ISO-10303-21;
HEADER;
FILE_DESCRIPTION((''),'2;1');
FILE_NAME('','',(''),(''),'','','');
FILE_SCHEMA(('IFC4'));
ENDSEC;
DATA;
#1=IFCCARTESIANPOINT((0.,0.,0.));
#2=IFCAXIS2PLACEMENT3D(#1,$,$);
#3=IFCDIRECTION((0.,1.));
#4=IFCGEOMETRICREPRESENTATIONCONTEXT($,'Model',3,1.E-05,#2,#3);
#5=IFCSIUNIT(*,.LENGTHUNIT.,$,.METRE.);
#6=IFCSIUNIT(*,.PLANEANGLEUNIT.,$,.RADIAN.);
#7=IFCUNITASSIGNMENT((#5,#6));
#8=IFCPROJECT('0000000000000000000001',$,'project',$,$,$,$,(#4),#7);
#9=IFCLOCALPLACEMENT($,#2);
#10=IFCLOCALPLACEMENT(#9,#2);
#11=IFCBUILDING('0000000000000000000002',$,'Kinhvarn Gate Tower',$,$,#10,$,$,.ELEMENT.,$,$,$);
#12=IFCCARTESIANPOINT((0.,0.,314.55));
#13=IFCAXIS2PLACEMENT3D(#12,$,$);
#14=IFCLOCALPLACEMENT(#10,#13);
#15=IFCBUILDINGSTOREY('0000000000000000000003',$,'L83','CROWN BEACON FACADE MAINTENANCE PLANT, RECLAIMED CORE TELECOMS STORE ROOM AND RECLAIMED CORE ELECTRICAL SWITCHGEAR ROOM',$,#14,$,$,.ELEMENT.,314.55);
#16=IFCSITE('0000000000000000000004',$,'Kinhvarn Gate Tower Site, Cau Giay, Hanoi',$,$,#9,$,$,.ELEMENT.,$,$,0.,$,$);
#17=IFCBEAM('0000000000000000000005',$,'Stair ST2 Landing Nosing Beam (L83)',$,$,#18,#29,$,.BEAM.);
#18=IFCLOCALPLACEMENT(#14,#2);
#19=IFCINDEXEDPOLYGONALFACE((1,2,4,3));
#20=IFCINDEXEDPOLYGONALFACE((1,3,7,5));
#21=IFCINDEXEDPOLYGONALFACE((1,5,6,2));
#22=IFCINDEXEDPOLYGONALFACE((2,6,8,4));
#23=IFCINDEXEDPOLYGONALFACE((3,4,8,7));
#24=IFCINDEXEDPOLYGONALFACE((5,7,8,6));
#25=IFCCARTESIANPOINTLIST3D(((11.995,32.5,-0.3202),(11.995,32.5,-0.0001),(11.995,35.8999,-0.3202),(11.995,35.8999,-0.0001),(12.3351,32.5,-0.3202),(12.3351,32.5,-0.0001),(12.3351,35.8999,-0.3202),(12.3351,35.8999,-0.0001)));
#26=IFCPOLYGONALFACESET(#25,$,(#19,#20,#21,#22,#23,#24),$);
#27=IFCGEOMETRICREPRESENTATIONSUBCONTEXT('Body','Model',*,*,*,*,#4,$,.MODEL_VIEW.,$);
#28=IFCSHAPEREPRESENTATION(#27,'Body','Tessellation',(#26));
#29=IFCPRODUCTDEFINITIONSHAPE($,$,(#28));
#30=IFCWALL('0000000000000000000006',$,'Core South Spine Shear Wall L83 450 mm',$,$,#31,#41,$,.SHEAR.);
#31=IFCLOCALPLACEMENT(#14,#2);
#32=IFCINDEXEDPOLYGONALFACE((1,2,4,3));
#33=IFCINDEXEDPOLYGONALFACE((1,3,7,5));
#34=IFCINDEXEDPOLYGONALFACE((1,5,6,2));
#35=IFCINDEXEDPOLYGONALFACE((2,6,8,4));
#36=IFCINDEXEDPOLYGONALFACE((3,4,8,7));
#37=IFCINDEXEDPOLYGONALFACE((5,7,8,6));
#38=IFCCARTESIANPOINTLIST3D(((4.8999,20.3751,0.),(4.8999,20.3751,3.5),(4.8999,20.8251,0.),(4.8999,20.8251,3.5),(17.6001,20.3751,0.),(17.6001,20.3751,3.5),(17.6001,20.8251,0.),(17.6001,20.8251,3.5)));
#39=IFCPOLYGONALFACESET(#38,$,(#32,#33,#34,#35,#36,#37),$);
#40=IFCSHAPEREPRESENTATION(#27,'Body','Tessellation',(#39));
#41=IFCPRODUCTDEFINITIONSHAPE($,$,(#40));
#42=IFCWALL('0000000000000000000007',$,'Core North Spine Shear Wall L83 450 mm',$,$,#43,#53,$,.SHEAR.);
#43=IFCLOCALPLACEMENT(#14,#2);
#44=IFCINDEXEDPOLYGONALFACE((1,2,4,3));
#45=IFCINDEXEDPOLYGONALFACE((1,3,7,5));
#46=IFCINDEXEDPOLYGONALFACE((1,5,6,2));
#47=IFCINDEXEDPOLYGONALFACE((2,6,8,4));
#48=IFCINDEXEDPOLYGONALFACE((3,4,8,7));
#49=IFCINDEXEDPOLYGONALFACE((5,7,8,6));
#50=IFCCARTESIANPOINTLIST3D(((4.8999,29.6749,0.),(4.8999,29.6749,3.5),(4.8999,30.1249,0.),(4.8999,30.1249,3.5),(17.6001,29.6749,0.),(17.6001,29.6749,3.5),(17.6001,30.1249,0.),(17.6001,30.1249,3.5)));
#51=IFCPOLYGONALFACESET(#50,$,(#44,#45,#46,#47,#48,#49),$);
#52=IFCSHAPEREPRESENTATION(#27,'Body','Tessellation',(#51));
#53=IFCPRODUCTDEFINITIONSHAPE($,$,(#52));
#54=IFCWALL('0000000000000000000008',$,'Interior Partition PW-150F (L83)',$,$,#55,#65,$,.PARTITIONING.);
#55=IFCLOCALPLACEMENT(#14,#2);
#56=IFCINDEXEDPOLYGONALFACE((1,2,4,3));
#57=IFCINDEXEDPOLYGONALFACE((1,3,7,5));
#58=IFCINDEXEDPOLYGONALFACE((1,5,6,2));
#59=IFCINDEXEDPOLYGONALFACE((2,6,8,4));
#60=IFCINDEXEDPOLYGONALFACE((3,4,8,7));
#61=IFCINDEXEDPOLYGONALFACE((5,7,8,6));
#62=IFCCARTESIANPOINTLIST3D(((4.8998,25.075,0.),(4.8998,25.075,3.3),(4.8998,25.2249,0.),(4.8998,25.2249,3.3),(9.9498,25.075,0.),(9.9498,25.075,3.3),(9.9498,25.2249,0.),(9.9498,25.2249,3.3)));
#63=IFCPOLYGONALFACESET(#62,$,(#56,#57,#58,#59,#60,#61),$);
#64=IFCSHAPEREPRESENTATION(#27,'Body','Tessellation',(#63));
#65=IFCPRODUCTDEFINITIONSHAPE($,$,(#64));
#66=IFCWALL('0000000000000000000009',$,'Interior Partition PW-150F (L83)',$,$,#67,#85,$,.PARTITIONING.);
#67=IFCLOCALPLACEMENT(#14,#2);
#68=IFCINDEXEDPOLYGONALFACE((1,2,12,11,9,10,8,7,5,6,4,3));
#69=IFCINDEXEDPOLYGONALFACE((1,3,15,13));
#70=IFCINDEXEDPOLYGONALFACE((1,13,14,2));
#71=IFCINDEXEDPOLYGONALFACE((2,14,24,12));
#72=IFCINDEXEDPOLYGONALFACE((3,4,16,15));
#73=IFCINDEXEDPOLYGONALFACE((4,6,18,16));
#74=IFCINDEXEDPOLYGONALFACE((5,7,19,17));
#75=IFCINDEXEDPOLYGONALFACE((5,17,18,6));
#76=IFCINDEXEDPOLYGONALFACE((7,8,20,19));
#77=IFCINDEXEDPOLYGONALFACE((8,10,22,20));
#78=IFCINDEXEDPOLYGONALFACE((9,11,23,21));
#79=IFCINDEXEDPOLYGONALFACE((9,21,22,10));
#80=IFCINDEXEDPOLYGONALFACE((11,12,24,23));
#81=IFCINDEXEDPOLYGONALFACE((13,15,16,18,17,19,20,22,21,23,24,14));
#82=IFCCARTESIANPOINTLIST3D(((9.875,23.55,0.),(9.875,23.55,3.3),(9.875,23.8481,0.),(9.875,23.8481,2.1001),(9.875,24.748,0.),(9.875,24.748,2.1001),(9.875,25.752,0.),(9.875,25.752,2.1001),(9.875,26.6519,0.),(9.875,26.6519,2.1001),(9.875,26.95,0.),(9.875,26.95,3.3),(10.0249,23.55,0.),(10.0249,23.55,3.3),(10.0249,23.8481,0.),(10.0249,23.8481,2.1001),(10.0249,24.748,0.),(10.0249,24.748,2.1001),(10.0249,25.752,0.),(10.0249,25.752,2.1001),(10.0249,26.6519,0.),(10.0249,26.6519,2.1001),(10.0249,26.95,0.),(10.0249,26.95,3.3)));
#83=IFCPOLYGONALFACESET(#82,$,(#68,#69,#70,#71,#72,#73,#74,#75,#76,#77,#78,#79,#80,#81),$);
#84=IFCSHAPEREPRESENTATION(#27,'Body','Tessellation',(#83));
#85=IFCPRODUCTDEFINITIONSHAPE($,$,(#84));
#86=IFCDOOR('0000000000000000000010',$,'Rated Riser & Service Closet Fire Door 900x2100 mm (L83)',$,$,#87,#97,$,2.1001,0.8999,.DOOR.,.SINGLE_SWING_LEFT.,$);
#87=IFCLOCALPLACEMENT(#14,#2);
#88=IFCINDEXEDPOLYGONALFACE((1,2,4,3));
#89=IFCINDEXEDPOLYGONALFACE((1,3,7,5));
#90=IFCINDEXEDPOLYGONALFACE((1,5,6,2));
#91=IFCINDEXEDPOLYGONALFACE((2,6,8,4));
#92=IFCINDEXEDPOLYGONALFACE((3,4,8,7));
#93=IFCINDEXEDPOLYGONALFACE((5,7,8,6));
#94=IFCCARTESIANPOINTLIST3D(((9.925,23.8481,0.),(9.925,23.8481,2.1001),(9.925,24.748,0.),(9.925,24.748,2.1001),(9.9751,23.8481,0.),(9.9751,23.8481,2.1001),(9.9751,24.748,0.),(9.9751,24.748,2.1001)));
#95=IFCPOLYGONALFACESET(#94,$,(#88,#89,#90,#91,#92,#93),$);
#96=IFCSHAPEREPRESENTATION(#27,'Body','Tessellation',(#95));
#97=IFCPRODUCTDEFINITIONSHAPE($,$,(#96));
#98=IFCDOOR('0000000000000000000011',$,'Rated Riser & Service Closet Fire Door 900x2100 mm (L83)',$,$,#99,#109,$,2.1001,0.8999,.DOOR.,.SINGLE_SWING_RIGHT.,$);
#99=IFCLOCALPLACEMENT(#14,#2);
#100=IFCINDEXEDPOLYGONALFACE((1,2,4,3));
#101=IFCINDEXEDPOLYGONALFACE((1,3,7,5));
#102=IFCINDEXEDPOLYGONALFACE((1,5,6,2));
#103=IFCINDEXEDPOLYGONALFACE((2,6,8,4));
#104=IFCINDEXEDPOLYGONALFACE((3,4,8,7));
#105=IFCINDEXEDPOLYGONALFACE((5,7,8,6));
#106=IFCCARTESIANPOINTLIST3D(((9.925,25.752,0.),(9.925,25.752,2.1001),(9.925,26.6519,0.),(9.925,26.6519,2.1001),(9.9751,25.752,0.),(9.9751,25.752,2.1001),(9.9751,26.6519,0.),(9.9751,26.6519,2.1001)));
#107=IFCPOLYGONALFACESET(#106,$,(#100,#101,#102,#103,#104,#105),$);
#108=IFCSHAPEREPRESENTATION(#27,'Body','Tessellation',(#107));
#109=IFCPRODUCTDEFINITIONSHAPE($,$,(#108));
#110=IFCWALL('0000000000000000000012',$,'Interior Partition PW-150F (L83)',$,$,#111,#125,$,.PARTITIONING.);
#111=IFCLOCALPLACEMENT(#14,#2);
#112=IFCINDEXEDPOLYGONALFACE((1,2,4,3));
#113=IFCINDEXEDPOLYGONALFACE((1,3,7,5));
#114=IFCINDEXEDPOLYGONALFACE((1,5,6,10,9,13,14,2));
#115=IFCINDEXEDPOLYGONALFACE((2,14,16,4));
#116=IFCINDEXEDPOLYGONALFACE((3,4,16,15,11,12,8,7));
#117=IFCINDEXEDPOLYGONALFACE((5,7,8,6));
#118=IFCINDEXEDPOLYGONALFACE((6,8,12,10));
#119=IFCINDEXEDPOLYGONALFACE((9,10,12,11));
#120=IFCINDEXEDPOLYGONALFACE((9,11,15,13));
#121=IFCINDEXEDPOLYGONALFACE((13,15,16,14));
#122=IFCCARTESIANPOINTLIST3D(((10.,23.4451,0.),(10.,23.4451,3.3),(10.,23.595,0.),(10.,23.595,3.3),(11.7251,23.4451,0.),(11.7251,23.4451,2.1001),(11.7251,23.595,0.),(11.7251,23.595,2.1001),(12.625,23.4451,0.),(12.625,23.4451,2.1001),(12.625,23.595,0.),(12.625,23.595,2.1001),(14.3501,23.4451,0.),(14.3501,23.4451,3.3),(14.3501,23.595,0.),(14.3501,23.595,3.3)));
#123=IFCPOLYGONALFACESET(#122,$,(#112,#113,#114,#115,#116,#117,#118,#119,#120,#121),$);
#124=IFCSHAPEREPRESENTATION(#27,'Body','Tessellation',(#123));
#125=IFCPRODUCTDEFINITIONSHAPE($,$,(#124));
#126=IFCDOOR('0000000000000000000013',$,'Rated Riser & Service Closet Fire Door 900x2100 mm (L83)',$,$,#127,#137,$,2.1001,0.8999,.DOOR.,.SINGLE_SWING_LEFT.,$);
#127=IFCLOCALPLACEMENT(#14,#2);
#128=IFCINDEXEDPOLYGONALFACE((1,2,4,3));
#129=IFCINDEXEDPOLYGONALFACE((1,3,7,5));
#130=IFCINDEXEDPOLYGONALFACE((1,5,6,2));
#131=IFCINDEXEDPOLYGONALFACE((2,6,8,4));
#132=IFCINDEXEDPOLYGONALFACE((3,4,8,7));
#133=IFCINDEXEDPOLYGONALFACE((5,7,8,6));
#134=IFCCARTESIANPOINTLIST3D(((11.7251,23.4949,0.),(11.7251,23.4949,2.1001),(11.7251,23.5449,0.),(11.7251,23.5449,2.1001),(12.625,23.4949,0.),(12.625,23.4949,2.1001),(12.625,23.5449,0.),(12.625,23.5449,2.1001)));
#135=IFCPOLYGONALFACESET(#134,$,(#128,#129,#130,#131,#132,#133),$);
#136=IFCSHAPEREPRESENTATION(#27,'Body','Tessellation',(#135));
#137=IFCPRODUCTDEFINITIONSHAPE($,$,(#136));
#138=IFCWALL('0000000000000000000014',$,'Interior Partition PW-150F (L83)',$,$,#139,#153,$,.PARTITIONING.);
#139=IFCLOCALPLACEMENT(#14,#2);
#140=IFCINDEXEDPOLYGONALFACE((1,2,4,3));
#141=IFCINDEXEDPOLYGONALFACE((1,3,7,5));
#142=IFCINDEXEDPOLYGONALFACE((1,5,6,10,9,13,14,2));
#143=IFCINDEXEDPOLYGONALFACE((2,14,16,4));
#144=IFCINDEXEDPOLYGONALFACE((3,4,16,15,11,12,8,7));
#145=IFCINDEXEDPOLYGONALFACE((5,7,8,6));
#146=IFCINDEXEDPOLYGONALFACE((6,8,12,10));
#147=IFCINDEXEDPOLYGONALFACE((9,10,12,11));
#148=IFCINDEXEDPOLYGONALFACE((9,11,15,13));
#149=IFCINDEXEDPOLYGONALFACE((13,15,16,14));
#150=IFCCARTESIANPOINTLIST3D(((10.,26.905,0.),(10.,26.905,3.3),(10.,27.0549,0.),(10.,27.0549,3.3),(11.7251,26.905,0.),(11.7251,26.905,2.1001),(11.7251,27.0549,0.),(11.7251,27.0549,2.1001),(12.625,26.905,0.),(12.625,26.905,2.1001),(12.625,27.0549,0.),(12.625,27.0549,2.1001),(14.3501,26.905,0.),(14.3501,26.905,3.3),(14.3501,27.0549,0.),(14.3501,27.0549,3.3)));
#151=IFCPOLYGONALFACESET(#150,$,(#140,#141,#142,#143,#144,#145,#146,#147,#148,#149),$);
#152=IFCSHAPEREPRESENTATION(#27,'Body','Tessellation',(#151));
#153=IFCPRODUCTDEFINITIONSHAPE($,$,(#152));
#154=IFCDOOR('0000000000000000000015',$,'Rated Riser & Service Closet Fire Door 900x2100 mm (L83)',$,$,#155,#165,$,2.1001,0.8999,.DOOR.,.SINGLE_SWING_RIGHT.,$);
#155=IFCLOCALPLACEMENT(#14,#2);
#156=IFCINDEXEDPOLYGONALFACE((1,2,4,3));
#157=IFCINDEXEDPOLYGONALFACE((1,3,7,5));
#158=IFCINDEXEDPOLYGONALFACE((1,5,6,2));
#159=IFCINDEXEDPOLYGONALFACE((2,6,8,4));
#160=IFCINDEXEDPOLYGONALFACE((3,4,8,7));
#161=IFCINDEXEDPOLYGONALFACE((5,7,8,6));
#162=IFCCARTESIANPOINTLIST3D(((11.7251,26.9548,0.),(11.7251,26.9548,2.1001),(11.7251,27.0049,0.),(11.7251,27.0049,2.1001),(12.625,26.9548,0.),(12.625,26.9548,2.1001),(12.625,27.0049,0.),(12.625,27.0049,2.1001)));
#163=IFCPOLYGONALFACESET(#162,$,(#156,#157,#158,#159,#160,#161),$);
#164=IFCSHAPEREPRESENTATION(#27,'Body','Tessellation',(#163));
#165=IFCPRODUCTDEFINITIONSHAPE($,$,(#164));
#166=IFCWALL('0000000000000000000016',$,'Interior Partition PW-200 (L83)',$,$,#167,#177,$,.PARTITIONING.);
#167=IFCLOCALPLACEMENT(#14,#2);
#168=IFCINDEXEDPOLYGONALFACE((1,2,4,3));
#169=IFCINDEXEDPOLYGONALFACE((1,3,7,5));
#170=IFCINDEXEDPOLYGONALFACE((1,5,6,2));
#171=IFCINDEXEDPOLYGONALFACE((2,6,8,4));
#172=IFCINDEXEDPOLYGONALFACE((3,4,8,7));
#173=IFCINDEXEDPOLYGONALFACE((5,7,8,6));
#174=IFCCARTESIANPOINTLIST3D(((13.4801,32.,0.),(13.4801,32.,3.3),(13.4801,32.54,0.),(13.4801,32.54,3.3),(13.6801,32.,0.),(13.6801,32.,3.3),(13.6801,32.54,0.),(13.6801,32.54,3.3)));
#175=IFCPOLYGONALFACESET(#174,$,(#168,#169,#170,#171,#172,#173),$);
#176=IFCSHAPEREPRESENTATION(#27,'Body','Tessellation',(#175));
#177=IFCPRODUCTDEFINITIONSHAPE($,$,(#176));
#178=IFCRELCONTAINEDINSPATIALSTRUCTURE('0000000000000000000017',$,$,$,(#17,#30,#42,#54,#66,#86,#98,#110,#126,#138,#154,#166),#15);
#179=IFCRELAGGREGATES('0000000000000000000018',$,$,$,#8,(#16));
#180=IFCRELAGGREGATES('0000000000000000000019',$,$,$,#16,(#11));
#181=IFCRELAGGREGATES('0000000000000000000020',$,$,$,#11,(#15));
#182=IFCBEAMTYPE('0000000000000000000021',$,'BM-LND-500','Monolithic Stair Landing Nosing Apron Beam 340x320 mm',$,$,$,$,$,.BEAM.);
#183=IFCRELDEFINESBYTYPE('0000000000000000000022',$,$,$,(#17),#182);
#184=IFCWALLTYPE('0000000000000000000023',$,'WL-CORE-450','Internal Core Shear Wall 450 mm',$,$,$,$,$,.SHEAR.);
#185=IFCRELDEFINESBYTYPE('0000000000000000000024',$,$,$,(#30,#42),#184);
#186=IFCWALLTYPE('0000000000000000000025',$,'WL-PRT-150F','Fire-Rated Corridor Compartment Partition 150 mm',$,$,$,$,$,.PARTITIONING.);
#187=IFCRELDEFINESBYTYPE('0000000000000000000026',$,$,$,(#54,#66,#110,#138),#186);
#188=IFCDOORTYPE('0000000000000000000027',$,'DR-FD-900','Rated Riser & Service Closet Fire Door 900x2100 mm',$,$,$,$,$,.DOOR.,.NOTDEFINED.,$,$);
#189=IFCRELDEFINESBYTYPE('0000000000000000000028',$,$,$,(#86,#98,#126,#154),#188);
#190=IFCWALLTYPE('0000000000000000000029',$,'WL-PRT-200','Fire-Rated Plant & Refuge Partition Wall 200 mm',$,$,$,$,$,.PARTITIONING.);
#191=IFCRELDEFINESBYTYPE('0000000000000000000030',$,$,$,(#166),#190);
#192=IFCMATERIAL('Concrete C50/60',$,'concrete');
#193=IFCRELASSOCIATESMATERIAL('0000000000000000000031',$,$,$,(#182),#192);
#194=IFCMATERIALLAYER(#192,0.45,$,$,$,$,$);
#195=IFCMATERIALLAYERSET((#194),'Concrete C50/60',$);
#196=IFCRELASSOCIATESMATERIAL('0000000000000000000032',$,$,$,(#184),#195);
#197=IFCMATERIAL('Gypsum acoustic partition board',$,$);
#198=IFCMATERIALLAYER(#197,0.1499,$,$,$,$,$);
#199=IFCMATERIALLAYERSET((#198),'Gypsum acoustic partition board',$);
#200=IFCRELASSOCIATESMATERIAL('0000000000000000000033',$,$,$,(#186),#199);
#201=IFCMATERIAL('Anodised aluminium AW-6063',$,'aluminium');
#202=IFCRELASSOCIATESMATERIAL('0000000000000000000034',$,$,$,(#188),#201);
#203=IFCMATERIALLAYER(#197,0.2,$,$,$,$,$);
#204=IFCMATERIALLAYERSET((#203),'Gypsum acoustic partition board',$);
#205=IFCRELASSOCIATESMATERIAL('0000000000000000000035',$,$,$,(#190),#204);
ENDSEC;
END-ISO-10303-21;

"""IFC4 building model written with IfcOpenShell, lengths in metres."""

from ifc_helpers import new_model, si_unit, direction, frame, frame_2d, origin, origin_2d, place, context, subcontext, project, spatial, rectangle, extrude, material, layer, layer_set, material_profile, profile_set, type_object, element, fill, save


model = new_model("IFC4")

# Units and contexts
model_context = context("Model", 3, precision=1e-05, world=origin(), true_north=direction((0.0, 1.0)))
body_context = subcontext(model_context, "Body", "Model", "MODEL_VIEW")
ifc_project = project(units=[si_unit("LENGTHUNIT", "METRE"), si_unit("PLANEANGLEUNIT", "RADIAN")], contexts=[model_context])

# Site, building, storey
site_placement = place(None, origin())
site = spatial("IfcSite", under=ifc_project, at=site_placement, Name="Kinhvarn Gate Tower Site, Cau Giay, Hanoi", CompositionType="ELEMENT", RefElevation=0.0)
building_placement = place(site_placement, origin())
building = spatial("IfcBuilding", under=site, at=building_placement, Name="Kinhvarn Gate Tower", CompositionType="ELEMENT")
storey_placement = place(building_placement, frame((0.0, 0.0, 314.55)))
storey = spatial("IfcBuildingStorey", under=building, at=storey_placement, Name="L83", Description="CROWN BEACON FACADE MAINTENANCE PLANT, RECLAIMED CORE TELECOMS STORE ROOM AND RECLAIMED CORE ELECTRICAL SWITCHGEAR ROOM", CompositionType="ELEMENT", Elevation=314.55)

# Beam
ifc_material_1 = material(Name="Concrete C50/60", Category="concrete")
ifc_material_profile = material_profile(ifc_material_1, rectangle(XDim=0.3401, YDim=0.3201, at=origin_2d()), Name="RC 340x320")
ifc_profile_set = profile_set([ifc_material_profile], Name="Concrete C50/60")
beam_type = type_object("IfcBeamType", Name="BM-LND-500", Description="Monolithic Stair Landing Nosing Apron Beam 340x320 mm", PredefinedType="BEAM", material=ifc_profile_set)
beam_placement = place(storey_placement, frame((12.165, 32.5, -0.1602), z_axis=(0.0, 1.0, 0.0), x_axis=(-1.0, 0.0, 0.0)))
element("IfcBeam", 1, at=beam_placement, inside=storey, type_object=beam_type, Name="Stair ST2 Landing Nosing Beam (L83)", PredefinedType="BEAM", context=body_context, shape_type="SweptSolid", body=[
    extrude(rectangle(XDim=0.3401, YDim=0.3201, at=origin_2d()), origin(), (0.0, 0.0, 1.0), 3.3999),
])

# Walls
ifc_layer_1 = layer(ifc_material_1, 0.45)
ifc_layer_set_1 = layer_set([ifc_layer_1], Name="Concrete C50/60")
wall_type_1 = type_object("IfcWallType", Name="WL-CORE-450", Description="Internal Core Shear Wall 450 mm", PredefinedType="SHEAR", material=ifc_layer_set_1)
for number, where, z_axis, x_axis, name in (
    (2, (4.8999, 20.6001, 0.0), (0.0, 0.0, 1.0), (1.0, 0.0, 0.0), "Core South Spine Shear Wall L83 450 mm"),
    (3, (4.8999, 29.8999, 0.0), (0.0, 0.0, 1.0), (1.0, 0.0, 0.0), "Core North Spine Shear Wall L83 450 mm"),
):
    element("IfcWall", number, at=place(storey_placement, frame(where, z_axis=z_axis, x_axis=x_axis)), inside=storey, type_object=wall_type_1, Name=name, PredefinedType="SHEAR", context=body_context, shape_type="SweptSolid", body=[
        extrude(rectangle(XDim=12.7002, YDim=0.45, at=frame_2d((6.3501, 0.0))), origin(), (0.0, 0.0, 1.0), 3.5),
    ])
ifc_material_2 = material(Name="Gypsum acoustic partition board")
ifc_layer_2 = layer(ifc_material_2, 0.1499)
ifc_layer_set_2 = layer_set([ifc_layer_2], Name="Gypsum acoustic partition board")
wall_type_2 = type_object("IfcWallType", Name="WL-PRT-150F", Description="Fire-Rated Corridor Compartment Partition 150 mm", PredefinedType="PARTITIONING", material=ifc_layer_set_2)
wall_1_placement = place(storey_placement, frame((4.8999, 25.1499, 0.0), z_axis=(0.0, 0.0, 1.0), x_axis=(1.0, 0.0, 0.0)))
element("IfcWall", 4, at=wall_1_placement, inside=storey, type_object=wall_type_2, Name="Interior Partition PW-150F (L83)", PredefinedType="PARTITIONING", context=body_context, shape_type="SweptSolid", body=[
    extrude(rectangle(XDim=5.05, YDim=0.1499, at=frame_2d((2.5249, 0.0))), origin(), (0.0, 0.0, 1.0), 3.3),
])

# Wall, openings, doors
wall_2_placement = place(storey_placement, frame((9.95, 23.55, 0.0), z_axis=(0.0, 0.0, 1.0), x_axis=(0.0, 1.0, 0.0)))
wall_2 = element("IfcWall", 5, at=wall_2_placement, inside=storey, type_object=wall_type_2, Name="Interior Partition PW-150F (L83)", PredefinedType="PARTITIONING", context=body_context, shape_type="SweptSolid", body=[
    extrude(rectangle(XDim=3.3999, YDim=0.1499, at=frame_2d((1.7, 0.0))), origin(), (0.0, 0.0, 1.0), 3.3),
])
opening_1_placement = place(wall_2_placement, frame((0.2981, 0.0, 0.0)))
opening_1 = element("IfcOpeningElement", 6, at=opening_1_placement, cuts=wall_2, PredefinedType="OPENING", context=body_context, shape_type="SweptSolid", body=[
    extrude(rectangle(XDim=0.8999, YDim=2.1001, at=frame_2d((0.45, 1.05))), frame((0.0, 0.085, 0.0), z_axis=(0.0, -1.0, 0.0), x_axis=(1.0, 0.0, 0.0)), (0.0, 0.0, 1.0), 0.1699),
])
opening_2_placement = place(wall_2_placement, frame((2.2019, 0.0, 0.0)))
opening_2 = element("IfcOpeningElement", 7, at=opening_2_placement, cuts=wall_2, PredefinedType="OPENING", context=body_context, shape_type="SweptSolid", body=[
    extrude(rectangle(XDim=0.8999, YDim=2.1001, at=frame_2d((0.45, 1.05))), frame((0.0, 0.085, 0.0), z_axis=(0.0, -1.0, 0.0), x_axis=(1.0, 0.0, 0.0)), (0.0, 0.0, 1.0), 0.1699),
])
ifc_material_3 = material(Name="Anodised aluminium AW-6063", Category="aluminium")
door_type_1 = type_object("IfcDoorType", Name="DR-FD-900", Description="Rated Riser & Service Closet Fire Door 900x2100 mm", OperationType="NOTDEFINED", PredefinedType="DOOR", material=ifc_material_3)
door_1_placement = place(opening_1_placement, origin())
door_1 = element("IfcDoor", 8, at=door_1_placement, inside=storey, type_object=door_type_1, Name="Rated Riser & Service Closet Fire Door 900x2100 mm (L83)", OperationType="SINGLE_SWING_LEFT", OverallHeight=2.1001, OverallWidth=0.8999, PredefinedType="DOOR", context=body_context, shape_type="SweptSolid", body=[
    extrude(rectangle(XDim=0.8999, YDim=2.1001, at=frame_2d((0.45, 1.05))), frame((0.0, 0.0249, 0.0), z_axis=(0.0, -1.0, 0.0), x_axis=(1.0, 0.0, 0.0)), (0.0, 0.0, 1.0), 0.05),
])
fill(opening_1, door_1)
door_2_placement = place(opening_2_placement, origin())
door_2 = element("IfcDoor", 9, at=door_2_placement, inside=storey, type_object=door_type_1, Name="Rated Riser & Service Closet Fire Door 900x2100 mm (L83)", OperationType="SINGLE_SWING_RIGHT", OverallHeight=2.1001, OverallWidth=0.8999, PredefinedType="DOOR", context=body_context, shape_type="SweptSolid", body=[
    extrude(rectangle(XDim=0.8999, YDim=2.1001, at=frame_2d((0.45, 1.05))), frame((0.0, 0.0249, 0.0), z_axis=(0.0, -1.0, 0.0), x_axis=(1.0, 0.0, 0.0)), (0.0, 0.0, 1.0), 0.05),
])
fill(opening_2, door_2)

# Walls, openings, doors
wall_3_placement = place(storey_placement, frame((10.0, 23.52, 0.0), z_axis=(0.0, 0.0, 1.0), x_axis=(1.0, 0.0, 0.0)))
wall_3 = element("IfcWall", 10, at=wall_3_placement, inside=storey, type_object=wall_type_2, Name="Interior Partition PW-150F (L83)", PredefinedType="PARTITIONING", context=body_context, shape_type="SweptSolid", body=[
    extrude(rectangle(XDim=4.3501, YDim=0.1499, at=frame_2d((2.175, 0.0))), origin(), (0.0, 0.0, 1.0), 3.3),
])
opening_3_placement = place(wall_3_placement, frame((1.7251, 0.0, 0.0)))
opening_3 = element("IfcOpeningElement", 11, at=opening_3_placement, cuts=wall_3, PredefinedType="OPENING", context=body_context, shape_type="SweptSolid", body=[
    extrude(rectangle(XDim=0.8999, YDim=2.1001, at=frame_2d((0.45, 1.05))), frame((0.0, 0.085, 0.0), z_axis=(0.0, -1.0, 0.0), x_axis=(1.0, 0.0, 0.0)), (0.0, 0.0, 1.0), 0.1699),
])
door_3_placement = place(opening_3_placement, origin())
door_3 = element("IfcDoor", 12, at=door_3_placement, inside=storey, type_object=door_type_1, Name="Rated Riser & Service Closet Fire Door 900x2100 mm (L83)", OperationType="SINGLE_SWING_LEFT", OverallHeight=2.1001, OverallWidth=0.8999, PredefinedType="DOOR", context=body_context, shape_type="SweptSolid", body=[
    extrude(rectangle(XDim=0.8999, YDim=2.1001, at=frame_2d((0.45, 1.05))), frame((0.0, 0.0249, 0.0), z_axis=(0.0, -1.0, 0.0), x_axis=(1.0, 0.0, 0.0)), (0.0, 0.0, 1.0), 0.05),
])
fill(opening_3, door_3)
wall_4_placement = place(storey_placement, frame((10.0, 26.98, 0.0), z_axis=(0.0, 0.0, 1.0), x_axis=(1.0, 0.0, 0.0)))
wall_4 = element("IfcWall", 13, at=wall_4_placement, inside=storey, type_object=wall_type_2, Name="Interior Partition PW-150F (L83)", PredefinedType="PARTITIONING", context=body_context, shape_type="SweptSolid", body=[
    extrude(rectangle(XDim=4.3501, YDim=0.1499, at=frame_2d((2.175, 0.0))), origin(), (0.0, 0.0, 1.0), 3.3),
])
opening_4_placement = place(wall_4_placement, frame((1.7251, 0.0, 0.0)))
opening_4 = element("IfcOpeningElement", 14, at=opening_4_placement, cuts=wall_4, PredefinedType="OPENING", context=body_context, shape_type="SweptSolid", body=[
    extrude(rectangle(XDim=0.8999, YDim=2.1001, at=frame_2d((0.45, 1.05))), frame((0.0, 0.085, 0.0), z_axis=(0.0, -1.0, 0.0), x_axis=(1.0, 0.0, 0.0)), (0.0, 0.0, 1.0), 0.1699),
])
door_4_placement = place(opening_4_placement, origin())
door_4 = element("IfcDoor", 15, at=door_4_placement, inside=storey, type_object=door_type_1, Name="Rated Riser & Service Closet Fire Door 900x2100 mm (L83)", OperationType="SINGLE_SWING_RIGHT", OverallHeight=2.1001, OverallWidth=0.8999, PredefinedType="DOOR", context=body_context, shape_type="SweptSolid", body=[
    extrude(rectangle(XDim=0.8999, YDim=2.1001, at=frame_2d((0.45, 1.05))), frame((0.0, 0.0249, 0.0), z_axis=(0.0, -1.0, 0.0), x_axis=(1.0, 0.0, 0.0)), (0.0, 0.0, 1.0), 0.05),
])
fill(opening_4, door_4)

# Wall
ifc_layer_3 = layer(ifc_material_2, 0.2)
ifc_layer_set_3 = layer_set([ifc_layer_3], Name="Gypsum acoustic partition board")
wall_type_3 = type_object("IfcWallType", Name="WL-PRT-200", Description="Fire-Rated Plant & Refuge Partition Wall 200 mm", PredefinedType="PARTITIONING", material=ifc_layer_set_3)
wall_5_placement = place(storey_placement, frame((13.5801, 32.0, 0.0), z_axis=(0.0, 0.0, 1.0), x_axis=(0.0, 1.0, 0.0)))
element("IfcWall", 16, at=wall_5_placement, inside=storey, type_object=wall_type_3, Name="Interior Partition PW-200 (L83)", PredefinedType="PARTITIONING", context=body_context, shape_type="SweptSolid", body=[
    extrude(rectangle(XDim=0.54, YDim=0.2, at=frame_2d((0.27, 0.0))), origin(), (0.0, 0.0, 1.0), 3.3),
])

save(model, "model.ifc")
